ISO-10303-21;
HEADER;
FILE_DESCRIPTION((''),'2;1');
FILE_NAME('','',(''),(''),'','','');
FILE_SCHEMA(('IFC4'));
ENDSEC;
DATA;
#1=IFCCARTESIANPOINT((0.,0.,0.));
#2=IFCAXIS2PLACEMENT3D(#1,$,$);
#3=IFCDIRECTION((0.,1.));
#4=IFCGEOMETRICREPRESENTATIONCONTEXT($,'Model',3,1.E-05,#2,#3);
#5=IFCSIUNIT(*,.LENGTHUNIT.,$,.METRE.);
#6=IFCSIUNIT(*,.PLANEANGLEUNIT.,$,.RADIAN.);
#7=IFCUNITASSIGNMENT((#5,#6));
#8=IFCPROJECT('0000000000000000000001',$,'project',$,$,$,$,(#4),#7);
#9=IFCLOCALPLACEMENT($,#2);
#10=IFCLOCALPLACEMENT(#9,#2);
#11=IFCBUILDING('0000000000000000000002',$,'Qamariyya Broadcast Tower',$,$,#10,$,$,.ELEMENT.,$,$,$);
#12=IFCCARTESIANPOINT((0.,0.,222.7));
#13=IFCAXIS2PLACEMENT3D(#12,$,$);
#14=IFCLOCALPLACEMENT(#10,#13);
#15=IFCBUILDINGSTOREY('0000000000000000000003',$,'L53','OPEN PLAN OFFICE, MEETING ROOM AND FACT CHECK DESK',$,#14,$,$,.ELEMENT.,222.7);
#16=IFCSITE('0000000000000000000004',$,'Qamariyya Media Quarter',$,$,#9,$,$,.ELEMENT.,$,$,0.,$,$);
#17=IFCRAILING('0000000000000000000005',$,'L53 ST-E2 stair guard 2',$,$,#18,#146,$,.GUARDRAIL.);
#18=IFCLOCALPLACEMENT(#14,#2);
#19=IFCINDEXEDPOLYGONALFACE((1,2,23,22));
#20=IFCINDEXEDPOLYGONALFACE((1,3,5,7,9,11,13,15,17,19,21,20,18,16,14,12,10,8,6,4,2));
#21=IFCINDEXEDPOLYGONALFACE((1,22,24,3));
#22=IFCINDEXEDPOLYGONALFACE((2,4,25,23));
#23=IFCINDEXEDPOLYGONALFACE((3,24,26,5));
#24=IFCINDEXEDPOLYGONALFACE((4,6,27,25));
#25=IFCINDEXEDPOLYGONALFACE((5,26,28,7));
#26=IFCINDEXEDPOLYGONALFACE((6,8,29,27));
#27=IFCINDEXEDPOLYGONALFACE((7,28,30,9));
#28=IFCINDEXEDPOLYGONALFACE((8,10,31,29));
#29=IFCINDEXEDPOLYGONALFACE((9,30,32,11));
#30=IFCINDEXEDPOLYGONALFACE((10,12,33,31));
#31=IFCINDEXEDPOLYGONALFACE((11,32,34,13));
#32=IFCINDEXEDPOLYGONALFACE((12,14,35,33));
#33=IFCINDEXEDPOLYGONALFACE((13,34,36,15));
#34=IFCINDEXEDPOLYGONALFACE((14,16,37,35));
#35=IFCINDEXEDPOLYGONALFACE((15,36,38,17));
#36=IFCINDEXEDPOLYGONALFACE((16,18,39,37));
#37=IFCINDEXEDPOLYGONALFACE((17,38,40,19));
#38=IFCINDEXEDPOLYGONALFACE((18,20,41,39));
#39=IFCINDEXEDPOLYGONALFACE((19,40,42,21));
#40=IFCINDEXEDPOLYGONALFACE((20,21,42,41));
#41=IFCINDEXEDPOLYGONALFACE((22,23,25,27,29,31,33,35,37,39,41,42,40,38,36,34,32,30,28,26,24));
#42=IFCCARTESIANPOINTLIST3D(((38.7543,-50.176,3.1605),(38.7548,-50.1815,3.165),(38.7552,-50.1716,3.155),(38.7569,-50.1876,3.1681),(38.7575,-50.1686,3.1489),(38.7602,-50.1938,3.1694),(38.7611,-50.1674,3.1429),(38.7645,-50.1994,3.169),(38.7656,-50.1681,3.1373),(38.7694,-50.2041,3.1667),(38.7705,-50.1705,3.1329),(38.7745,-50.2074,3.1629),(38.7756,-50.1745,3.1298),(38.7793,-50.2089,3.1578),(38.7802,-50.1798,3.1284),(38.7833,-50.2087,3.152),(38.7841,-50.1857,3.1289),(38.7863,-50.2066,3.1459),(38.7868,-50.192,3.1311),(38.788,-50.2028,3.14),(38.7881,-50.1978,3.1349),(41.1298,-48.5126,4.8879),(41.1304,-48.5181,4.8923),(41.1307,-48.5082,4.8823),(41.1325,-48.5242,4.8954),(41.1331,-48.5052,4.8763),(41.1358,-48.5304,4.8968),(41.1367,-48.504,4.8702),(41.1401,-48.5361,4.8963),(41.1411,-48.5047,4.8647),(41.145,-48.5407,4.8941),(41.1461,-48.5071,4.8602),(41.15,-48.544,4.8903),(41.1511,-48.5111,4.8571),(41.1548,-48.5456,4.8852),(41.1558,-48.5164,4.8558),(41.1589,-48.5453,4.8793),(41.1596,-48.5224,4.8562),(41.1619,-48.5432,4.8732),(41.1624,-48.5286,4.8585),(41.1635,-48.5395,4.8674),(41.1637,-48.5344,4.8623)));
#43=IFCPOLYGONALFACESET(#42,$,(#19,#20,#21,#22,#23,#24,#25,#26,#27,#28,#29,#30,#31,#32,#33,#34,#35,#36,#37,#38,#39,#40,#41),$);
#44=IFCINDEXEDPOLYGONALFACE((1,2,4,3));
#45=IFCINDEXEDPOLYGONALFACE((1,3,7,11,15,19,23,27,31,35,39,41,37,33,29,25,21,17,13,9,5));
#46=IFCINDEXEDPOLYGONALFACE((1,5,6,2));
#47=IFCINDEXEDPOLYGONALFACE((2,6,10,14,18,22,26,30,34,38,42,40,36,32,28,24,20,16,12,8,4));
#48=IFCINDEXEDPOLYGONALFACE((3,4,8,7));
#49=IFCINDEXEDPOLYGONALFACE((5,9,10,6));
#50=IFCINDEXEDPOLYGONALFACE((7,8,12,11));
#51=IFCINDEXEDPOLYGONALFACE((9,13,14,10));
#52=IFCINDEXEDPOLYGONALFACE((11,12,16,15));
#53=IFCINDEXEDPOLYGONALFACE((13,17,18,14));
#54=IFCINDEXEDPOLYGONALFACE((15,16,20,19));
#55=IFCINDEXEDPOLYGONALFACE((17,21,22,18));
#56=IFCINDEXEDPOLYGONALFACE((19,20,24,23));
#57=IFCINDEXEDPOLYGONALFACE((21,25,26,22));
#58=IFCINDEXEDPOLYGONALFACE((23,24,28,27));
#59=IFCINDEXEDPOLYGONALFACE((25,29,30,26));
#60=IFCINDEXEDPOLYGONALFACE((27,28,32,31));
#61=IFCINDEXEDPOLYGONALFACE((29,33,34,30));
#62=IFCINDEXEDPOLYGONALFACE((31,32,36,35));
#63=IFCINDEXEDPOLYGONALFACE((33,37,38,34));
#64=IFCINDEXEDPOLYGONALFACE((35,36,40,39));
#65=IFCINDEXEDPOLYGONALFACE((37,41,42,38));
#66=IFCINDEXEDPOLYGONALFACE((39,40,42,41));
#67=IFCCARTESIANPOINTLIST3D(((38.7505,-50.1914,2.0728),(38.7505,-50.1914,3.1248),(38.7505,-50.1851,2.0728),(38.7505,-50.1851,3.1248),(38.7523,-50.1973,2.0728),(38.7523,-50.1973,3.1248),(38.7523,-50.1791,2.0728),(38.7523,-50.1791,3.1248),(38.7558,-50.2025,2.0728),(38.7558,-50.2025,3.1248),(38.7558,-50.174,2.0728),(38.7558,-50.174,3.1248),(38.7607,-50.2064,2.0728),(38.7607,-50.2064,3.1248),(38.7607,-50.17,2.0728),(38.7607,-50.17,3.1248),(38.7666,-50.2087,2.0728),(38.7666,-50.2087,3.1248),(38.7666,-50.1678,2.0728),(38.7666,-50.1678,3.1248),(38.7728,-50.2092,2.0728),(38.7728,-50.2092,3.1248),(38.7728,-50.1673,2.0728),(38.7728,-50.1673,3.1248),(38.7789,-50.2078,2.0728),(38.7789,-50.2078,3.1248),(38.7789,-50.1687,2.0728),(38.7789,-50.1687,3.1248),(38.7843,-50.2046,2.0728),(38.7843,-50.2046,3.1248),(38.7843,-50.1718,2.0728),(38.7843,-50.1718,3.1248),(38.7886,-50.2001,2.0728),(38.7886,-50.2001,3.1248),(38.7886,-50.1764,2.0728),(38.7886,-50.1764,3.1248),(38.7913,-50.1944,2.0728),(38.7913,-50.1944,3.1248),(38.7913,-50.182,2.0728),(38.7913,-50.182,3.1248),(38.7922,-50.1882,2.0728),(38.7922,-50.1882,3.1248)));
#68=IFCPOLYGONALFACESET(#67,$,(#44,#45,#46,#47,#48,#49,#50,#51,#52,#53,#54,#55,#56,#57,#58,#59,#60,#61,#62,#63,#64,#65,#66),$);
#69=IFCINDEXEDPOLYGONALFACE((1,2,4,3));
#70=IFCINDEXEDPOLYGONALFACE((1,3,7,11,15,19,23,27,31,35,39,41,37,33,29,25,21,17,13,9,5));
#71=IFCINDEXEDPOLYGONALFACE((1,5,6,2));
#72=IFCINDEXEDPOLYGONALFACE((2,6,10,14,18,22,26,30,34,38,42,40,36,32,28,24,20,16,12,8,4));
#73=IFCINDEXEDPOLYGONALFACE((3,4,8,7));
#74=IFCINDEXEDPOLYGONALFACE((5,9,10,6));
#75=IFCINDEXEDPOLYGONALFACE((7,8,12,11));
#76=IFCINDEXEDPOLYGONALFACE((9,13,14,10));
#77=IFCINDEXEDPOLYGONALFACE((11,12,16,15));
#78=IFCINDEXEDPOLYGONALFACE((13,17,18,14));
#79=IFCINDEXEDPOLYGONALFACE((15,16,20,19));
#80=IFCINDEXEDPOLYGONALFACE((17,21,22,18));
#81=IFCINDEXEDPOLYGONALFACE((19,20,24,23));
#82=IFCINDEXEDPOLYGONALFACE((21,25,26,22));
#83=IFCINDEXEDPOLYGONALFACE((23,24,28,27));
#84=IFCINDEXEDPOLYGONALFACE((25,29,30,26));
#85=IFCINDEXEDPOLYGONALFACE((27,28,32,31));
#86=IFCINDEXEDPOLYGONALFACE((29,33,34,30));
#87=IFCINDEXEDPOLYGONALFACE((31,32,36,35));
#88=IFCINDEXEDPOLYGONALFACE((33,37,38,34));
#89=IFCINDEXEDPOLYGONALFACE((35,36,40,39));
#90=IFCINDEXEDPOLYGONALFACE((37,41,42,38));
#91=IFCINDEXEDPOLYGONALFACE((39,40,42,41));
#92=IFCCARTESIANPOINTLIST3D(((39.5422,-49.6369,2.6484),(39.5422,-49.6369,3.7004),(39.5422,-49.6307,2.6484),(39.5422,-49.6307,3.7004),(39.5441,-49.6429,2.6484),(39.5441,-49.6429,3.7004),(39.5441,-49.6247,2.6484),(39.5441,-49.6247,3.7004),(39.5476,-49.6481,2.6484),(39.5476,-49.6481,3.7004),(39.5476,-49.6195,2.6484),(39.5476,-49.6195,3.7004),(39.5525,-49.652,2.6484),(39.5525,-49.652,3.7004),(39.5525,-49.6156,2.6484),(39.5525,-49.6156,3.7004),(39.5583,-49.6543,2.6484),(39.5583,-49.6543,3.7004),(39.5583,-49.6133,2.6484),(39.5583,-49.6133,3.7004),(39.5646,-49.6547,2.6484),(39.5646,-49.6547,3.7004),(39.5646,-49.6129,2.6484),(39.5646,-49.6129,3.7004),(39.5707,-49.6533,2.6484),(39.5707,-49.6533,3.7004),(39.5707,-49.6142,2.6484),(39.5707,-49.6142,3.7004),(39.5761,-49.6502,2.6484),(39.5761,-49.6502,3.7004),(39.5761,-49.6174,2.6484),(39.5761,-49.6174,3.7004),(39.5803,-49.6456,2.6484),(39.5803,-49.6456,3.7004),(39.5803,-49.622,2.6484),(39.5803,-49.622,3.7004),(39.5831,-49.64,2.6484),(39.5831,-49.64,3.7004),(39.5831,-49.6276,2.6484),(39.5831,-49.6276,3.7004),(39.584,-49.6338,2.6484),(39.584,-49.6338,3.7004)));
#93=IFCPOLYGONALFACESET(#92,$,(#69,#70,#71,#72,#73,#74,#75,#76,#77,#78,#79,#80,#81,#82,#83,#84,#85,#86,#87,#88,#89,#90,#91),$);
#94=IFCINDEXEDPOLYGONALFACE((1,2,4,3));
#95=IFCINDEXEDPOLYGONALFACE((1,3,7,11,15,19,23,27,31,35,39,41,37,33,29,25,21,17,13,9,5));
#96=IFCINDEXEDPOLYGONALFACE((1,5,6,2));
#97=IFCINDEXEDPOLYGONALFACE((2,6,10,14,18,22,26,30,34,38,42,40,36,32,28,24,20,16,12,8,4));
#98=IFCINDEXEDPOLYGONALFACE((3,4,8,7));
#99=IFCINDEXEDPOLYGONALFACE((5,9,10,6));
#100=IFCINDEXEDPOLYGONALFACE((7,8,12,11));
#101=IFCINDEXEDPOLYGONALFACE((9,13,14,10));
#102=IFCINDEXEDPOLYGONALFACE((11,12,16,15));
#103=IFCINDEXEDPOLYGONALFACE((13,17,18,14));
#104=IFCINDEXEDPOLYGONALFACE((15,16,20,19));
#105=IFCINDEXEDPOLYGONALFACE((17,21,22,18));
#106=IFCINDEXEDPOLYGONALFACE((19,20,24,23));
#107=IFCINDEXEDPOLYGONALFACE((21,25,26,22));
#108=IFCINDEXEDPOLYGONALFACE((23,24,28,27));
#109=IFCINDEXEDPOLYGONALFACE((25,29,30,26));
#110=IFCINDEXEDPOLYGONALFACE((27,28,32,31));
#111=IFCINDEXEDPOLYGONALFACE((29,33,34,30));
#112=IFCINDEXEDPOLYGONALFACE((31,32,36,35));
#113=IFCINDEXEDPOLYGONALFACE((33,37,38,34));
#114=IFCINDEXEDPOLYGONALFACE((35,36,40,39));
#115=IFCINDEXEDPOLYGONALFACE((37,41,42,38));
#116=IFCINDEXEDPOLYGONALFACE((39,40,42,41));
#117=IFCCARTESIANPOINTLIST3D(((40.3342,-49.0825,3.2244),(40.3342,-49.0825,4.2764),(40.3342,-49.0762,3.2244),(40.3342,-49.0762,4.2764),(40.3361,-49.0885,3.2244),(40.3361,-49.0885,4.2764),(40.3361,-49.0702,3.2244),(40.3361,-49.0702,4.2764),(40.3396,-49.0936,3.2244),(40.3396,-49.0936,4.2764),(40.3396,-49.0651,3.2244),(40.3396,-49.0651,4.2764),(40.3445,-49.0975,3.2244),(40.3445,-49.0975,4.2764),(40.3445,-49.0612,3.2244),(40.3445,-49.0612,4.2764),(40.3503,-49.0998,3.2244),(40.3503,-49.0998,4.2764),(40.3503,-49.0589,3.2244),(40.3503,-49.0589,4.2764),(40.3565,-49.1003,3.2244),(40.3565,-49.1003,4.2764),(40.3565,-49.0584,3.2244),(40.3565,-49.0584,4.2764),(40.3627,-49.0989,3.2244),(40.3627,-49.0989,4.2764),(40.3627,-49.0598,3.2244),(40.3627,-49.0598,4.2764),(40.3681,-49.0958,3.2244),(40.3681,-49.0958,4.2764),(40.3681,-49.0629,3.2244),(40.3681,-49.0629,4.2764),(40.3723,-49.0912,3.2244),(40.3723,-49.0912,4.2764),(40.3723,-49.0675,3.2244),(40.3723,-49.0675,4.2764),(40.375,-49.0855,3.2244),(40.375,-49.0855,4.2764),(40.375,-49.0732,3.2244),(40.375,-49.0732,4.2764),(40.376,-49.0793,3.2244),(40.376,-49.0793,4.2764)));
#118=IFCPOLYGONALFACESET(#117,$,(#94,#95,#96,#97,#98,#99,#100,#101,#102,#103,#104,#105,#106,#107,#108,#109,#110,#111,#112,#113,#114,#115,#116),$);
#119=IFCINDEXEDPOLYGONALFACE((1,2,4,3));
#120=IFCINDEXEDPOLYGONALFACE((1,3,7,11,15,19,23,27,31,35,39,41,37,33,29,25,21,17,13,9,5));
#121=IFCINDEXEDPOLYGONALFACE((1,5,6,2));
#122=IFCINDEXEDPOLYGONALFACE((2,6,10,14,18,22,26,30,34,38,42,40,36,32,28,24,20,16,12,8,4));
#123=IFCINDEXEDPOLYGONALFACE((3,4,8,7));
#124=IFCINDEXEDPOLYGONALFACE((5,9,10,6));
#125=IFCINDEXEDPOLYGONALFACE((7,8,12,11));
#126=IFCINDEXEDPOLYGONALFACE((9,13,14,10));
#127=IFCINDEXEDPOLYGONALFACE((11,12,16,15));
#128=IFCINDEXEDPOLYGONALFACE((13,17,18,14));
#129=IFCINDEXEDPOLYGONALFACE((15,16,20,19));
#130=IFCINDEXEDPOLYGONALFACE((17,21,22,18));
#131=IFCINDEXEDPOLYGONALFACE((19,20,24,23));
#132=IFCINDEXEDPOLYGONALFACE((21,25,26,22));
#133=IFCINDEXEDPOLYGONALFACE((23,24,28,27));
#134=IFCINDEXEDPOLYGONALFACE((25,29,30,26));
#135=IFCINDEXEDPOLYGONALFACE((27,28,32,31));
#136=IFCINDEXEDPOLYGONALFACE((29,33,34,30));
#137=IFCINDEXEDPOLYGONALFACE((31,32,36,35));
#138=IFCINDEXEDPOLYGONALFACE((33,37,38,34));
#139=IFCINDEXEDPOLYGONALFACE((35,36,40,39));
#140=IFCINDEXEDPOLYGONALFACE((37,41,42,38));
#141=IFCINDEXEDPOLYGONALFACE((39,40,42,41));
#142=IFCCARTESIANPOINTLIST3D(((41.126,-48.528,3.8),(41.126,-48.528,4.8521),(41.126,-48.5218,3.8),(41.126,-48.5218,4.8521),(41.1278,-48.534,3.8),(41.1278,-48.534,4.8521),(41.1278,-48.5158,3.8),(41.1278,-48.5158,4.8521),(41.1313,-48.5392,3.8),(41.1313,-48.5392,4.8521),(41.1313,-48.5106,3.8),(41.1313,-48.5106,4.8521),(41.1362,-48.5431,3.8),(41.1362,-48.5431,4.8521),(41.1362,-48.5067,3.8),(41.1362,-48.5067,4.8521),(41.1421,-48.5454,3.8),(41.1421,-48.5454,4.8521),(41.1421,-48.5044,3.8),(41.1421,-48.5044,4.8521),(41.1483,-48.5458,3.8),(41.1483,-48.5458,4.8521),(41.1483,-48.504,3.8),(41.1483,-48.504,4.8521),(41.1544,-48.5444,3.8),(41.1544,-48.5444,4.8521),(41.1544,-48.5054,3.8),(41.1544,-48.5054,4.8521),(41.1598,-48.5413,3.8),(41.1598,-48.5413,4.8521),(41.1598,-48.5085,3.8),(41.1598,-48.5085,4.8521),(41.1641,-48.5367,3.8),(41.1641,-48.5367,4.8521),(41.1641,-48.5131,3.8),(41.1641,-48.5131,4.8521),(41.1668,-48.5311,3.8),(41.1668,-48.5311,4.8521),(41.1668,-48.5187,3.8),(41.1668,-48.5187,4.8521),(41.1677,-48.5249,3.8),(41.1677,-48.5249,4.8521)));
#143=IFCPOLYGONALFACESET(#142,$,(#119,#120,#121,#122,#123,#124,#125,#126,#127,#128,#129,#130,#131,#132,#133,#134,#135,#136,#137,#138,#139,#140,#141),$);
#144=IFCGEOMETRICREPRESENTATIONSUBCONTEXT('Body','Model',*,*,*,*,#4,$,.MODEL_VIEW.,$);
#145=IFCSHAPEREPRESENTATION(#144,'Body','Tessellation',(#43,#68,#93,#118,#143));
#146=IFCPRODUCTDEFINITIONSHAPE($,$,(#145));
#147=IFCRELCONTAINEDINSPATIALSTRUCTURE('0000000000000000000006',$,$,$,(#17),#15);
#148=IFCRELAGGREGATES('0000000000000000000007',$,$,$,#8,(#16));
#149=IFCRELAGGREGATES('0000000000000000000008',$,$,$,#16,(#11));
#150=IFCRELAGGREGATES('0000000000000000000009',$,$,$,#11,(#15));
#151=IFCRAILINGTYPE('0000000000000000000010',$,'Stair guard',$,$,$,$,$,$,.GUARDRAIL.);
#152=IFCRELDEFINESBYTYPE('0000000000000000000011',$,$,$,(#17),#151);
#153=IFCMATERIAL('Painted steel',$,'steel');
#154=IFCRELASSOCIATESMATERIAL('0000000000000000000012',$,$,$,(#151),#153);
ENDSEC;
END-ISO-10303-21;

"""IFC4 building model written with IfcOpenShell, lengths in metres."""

from ifc_helpers import new_model, si_unit, direction, frame, origin, origin_2d, place, context, subcontext, project, spatial, circle, extrude, material, type_object, element, save


model = new_model("IFC4")

# Units and contexts
model_context = context("Model", 3, precision=1e-05, world=origin(), true_north=direction((0.0, 1.0)))
body_context = subcontext(model_context, "Body", "Model", "MODEL_VIEW")
ifc_project = project(units=[si_unit("LENGTHUNIT", "METRE"), si_unit("PLANEANGLEUNIT", "RADIAN")], contexts=[model_context])

# Site, building, storey
site_placement = place(None, origin())
site = spatial("IfcSite", under=ifc_project, at=site_placement, Name="Qamariyya Media Quarter", CompositionType="ELEMENT", RefElevation=0.0)
building_placement = place(site_placement, origin())
building = spatial("IfcBuilding", under=site, at=building_placement, Name="Qamariyya Broadcast Tower", CompositionType="ELEMENT")
storey_placement = place(building_placement, frame((0.0, 0.0, 222.7)))
storey = spatial("IfcBuildingStorey", under=building, at=storey_placement, Name="L53", Description="OPEN PLAN OFFICE, MEETING ROOM AND FACT CHECK DESK", CompositionType="ELEMENT", Elevation=222.7)

# Railing
ifc_material_1 = material(Name="Painted steel", Category="steel")
railing_type_1 = type_object("IfcRailingType", Name="Stair guard", PredefinedType="GUARDRAIL", material=ifc_material_1)
railing_1_placement = place(storey_placement, frame((38.7712, -50.1882, 2.0728)))
element("IfcRailing", 1, at=railing_1_placement, inside=storey, type_object=railing_type_1, Name="L53 ST-E2 stair guard 2", PredefinedType="GUARDRAIL", context=body_context, shape_type="SweptSolid", body=[
    extrude(circle(Radius=0.0239, at=origin_2d()), frame((0.0, 0.0, 1.0762), z_axis=(0.70377, 0.492784, 0.511734), x_axis=(-0.573575, 0.819153, 0.0)), (0.0, 0.0, 1.0), 3.3755),
    extrude(circle(Radius=0.021, at=origin_2d()), origin(), (0.0, 0.0, 1.0), 1.052),
    extrude(circle(Radius=0.021, at=origin_2d()), frame((0.7917, 0.5544, 0.5757)), (0.0, 0.0, 1.0), 1.052),
    extrude(circle(Radius=0.021, at=origin_2d()), frame((1.5837, 1.1089, 1.1516)), (0.0, 0.0, 1.0), 1.052),
    extrude(circle(Radius=0.021, at=origin_2d()), frame((2.3755, 1.6633, 1.7273)), (0.0, 0.0, 1.0), 1.052),
])

save(model, "model.ifc")
